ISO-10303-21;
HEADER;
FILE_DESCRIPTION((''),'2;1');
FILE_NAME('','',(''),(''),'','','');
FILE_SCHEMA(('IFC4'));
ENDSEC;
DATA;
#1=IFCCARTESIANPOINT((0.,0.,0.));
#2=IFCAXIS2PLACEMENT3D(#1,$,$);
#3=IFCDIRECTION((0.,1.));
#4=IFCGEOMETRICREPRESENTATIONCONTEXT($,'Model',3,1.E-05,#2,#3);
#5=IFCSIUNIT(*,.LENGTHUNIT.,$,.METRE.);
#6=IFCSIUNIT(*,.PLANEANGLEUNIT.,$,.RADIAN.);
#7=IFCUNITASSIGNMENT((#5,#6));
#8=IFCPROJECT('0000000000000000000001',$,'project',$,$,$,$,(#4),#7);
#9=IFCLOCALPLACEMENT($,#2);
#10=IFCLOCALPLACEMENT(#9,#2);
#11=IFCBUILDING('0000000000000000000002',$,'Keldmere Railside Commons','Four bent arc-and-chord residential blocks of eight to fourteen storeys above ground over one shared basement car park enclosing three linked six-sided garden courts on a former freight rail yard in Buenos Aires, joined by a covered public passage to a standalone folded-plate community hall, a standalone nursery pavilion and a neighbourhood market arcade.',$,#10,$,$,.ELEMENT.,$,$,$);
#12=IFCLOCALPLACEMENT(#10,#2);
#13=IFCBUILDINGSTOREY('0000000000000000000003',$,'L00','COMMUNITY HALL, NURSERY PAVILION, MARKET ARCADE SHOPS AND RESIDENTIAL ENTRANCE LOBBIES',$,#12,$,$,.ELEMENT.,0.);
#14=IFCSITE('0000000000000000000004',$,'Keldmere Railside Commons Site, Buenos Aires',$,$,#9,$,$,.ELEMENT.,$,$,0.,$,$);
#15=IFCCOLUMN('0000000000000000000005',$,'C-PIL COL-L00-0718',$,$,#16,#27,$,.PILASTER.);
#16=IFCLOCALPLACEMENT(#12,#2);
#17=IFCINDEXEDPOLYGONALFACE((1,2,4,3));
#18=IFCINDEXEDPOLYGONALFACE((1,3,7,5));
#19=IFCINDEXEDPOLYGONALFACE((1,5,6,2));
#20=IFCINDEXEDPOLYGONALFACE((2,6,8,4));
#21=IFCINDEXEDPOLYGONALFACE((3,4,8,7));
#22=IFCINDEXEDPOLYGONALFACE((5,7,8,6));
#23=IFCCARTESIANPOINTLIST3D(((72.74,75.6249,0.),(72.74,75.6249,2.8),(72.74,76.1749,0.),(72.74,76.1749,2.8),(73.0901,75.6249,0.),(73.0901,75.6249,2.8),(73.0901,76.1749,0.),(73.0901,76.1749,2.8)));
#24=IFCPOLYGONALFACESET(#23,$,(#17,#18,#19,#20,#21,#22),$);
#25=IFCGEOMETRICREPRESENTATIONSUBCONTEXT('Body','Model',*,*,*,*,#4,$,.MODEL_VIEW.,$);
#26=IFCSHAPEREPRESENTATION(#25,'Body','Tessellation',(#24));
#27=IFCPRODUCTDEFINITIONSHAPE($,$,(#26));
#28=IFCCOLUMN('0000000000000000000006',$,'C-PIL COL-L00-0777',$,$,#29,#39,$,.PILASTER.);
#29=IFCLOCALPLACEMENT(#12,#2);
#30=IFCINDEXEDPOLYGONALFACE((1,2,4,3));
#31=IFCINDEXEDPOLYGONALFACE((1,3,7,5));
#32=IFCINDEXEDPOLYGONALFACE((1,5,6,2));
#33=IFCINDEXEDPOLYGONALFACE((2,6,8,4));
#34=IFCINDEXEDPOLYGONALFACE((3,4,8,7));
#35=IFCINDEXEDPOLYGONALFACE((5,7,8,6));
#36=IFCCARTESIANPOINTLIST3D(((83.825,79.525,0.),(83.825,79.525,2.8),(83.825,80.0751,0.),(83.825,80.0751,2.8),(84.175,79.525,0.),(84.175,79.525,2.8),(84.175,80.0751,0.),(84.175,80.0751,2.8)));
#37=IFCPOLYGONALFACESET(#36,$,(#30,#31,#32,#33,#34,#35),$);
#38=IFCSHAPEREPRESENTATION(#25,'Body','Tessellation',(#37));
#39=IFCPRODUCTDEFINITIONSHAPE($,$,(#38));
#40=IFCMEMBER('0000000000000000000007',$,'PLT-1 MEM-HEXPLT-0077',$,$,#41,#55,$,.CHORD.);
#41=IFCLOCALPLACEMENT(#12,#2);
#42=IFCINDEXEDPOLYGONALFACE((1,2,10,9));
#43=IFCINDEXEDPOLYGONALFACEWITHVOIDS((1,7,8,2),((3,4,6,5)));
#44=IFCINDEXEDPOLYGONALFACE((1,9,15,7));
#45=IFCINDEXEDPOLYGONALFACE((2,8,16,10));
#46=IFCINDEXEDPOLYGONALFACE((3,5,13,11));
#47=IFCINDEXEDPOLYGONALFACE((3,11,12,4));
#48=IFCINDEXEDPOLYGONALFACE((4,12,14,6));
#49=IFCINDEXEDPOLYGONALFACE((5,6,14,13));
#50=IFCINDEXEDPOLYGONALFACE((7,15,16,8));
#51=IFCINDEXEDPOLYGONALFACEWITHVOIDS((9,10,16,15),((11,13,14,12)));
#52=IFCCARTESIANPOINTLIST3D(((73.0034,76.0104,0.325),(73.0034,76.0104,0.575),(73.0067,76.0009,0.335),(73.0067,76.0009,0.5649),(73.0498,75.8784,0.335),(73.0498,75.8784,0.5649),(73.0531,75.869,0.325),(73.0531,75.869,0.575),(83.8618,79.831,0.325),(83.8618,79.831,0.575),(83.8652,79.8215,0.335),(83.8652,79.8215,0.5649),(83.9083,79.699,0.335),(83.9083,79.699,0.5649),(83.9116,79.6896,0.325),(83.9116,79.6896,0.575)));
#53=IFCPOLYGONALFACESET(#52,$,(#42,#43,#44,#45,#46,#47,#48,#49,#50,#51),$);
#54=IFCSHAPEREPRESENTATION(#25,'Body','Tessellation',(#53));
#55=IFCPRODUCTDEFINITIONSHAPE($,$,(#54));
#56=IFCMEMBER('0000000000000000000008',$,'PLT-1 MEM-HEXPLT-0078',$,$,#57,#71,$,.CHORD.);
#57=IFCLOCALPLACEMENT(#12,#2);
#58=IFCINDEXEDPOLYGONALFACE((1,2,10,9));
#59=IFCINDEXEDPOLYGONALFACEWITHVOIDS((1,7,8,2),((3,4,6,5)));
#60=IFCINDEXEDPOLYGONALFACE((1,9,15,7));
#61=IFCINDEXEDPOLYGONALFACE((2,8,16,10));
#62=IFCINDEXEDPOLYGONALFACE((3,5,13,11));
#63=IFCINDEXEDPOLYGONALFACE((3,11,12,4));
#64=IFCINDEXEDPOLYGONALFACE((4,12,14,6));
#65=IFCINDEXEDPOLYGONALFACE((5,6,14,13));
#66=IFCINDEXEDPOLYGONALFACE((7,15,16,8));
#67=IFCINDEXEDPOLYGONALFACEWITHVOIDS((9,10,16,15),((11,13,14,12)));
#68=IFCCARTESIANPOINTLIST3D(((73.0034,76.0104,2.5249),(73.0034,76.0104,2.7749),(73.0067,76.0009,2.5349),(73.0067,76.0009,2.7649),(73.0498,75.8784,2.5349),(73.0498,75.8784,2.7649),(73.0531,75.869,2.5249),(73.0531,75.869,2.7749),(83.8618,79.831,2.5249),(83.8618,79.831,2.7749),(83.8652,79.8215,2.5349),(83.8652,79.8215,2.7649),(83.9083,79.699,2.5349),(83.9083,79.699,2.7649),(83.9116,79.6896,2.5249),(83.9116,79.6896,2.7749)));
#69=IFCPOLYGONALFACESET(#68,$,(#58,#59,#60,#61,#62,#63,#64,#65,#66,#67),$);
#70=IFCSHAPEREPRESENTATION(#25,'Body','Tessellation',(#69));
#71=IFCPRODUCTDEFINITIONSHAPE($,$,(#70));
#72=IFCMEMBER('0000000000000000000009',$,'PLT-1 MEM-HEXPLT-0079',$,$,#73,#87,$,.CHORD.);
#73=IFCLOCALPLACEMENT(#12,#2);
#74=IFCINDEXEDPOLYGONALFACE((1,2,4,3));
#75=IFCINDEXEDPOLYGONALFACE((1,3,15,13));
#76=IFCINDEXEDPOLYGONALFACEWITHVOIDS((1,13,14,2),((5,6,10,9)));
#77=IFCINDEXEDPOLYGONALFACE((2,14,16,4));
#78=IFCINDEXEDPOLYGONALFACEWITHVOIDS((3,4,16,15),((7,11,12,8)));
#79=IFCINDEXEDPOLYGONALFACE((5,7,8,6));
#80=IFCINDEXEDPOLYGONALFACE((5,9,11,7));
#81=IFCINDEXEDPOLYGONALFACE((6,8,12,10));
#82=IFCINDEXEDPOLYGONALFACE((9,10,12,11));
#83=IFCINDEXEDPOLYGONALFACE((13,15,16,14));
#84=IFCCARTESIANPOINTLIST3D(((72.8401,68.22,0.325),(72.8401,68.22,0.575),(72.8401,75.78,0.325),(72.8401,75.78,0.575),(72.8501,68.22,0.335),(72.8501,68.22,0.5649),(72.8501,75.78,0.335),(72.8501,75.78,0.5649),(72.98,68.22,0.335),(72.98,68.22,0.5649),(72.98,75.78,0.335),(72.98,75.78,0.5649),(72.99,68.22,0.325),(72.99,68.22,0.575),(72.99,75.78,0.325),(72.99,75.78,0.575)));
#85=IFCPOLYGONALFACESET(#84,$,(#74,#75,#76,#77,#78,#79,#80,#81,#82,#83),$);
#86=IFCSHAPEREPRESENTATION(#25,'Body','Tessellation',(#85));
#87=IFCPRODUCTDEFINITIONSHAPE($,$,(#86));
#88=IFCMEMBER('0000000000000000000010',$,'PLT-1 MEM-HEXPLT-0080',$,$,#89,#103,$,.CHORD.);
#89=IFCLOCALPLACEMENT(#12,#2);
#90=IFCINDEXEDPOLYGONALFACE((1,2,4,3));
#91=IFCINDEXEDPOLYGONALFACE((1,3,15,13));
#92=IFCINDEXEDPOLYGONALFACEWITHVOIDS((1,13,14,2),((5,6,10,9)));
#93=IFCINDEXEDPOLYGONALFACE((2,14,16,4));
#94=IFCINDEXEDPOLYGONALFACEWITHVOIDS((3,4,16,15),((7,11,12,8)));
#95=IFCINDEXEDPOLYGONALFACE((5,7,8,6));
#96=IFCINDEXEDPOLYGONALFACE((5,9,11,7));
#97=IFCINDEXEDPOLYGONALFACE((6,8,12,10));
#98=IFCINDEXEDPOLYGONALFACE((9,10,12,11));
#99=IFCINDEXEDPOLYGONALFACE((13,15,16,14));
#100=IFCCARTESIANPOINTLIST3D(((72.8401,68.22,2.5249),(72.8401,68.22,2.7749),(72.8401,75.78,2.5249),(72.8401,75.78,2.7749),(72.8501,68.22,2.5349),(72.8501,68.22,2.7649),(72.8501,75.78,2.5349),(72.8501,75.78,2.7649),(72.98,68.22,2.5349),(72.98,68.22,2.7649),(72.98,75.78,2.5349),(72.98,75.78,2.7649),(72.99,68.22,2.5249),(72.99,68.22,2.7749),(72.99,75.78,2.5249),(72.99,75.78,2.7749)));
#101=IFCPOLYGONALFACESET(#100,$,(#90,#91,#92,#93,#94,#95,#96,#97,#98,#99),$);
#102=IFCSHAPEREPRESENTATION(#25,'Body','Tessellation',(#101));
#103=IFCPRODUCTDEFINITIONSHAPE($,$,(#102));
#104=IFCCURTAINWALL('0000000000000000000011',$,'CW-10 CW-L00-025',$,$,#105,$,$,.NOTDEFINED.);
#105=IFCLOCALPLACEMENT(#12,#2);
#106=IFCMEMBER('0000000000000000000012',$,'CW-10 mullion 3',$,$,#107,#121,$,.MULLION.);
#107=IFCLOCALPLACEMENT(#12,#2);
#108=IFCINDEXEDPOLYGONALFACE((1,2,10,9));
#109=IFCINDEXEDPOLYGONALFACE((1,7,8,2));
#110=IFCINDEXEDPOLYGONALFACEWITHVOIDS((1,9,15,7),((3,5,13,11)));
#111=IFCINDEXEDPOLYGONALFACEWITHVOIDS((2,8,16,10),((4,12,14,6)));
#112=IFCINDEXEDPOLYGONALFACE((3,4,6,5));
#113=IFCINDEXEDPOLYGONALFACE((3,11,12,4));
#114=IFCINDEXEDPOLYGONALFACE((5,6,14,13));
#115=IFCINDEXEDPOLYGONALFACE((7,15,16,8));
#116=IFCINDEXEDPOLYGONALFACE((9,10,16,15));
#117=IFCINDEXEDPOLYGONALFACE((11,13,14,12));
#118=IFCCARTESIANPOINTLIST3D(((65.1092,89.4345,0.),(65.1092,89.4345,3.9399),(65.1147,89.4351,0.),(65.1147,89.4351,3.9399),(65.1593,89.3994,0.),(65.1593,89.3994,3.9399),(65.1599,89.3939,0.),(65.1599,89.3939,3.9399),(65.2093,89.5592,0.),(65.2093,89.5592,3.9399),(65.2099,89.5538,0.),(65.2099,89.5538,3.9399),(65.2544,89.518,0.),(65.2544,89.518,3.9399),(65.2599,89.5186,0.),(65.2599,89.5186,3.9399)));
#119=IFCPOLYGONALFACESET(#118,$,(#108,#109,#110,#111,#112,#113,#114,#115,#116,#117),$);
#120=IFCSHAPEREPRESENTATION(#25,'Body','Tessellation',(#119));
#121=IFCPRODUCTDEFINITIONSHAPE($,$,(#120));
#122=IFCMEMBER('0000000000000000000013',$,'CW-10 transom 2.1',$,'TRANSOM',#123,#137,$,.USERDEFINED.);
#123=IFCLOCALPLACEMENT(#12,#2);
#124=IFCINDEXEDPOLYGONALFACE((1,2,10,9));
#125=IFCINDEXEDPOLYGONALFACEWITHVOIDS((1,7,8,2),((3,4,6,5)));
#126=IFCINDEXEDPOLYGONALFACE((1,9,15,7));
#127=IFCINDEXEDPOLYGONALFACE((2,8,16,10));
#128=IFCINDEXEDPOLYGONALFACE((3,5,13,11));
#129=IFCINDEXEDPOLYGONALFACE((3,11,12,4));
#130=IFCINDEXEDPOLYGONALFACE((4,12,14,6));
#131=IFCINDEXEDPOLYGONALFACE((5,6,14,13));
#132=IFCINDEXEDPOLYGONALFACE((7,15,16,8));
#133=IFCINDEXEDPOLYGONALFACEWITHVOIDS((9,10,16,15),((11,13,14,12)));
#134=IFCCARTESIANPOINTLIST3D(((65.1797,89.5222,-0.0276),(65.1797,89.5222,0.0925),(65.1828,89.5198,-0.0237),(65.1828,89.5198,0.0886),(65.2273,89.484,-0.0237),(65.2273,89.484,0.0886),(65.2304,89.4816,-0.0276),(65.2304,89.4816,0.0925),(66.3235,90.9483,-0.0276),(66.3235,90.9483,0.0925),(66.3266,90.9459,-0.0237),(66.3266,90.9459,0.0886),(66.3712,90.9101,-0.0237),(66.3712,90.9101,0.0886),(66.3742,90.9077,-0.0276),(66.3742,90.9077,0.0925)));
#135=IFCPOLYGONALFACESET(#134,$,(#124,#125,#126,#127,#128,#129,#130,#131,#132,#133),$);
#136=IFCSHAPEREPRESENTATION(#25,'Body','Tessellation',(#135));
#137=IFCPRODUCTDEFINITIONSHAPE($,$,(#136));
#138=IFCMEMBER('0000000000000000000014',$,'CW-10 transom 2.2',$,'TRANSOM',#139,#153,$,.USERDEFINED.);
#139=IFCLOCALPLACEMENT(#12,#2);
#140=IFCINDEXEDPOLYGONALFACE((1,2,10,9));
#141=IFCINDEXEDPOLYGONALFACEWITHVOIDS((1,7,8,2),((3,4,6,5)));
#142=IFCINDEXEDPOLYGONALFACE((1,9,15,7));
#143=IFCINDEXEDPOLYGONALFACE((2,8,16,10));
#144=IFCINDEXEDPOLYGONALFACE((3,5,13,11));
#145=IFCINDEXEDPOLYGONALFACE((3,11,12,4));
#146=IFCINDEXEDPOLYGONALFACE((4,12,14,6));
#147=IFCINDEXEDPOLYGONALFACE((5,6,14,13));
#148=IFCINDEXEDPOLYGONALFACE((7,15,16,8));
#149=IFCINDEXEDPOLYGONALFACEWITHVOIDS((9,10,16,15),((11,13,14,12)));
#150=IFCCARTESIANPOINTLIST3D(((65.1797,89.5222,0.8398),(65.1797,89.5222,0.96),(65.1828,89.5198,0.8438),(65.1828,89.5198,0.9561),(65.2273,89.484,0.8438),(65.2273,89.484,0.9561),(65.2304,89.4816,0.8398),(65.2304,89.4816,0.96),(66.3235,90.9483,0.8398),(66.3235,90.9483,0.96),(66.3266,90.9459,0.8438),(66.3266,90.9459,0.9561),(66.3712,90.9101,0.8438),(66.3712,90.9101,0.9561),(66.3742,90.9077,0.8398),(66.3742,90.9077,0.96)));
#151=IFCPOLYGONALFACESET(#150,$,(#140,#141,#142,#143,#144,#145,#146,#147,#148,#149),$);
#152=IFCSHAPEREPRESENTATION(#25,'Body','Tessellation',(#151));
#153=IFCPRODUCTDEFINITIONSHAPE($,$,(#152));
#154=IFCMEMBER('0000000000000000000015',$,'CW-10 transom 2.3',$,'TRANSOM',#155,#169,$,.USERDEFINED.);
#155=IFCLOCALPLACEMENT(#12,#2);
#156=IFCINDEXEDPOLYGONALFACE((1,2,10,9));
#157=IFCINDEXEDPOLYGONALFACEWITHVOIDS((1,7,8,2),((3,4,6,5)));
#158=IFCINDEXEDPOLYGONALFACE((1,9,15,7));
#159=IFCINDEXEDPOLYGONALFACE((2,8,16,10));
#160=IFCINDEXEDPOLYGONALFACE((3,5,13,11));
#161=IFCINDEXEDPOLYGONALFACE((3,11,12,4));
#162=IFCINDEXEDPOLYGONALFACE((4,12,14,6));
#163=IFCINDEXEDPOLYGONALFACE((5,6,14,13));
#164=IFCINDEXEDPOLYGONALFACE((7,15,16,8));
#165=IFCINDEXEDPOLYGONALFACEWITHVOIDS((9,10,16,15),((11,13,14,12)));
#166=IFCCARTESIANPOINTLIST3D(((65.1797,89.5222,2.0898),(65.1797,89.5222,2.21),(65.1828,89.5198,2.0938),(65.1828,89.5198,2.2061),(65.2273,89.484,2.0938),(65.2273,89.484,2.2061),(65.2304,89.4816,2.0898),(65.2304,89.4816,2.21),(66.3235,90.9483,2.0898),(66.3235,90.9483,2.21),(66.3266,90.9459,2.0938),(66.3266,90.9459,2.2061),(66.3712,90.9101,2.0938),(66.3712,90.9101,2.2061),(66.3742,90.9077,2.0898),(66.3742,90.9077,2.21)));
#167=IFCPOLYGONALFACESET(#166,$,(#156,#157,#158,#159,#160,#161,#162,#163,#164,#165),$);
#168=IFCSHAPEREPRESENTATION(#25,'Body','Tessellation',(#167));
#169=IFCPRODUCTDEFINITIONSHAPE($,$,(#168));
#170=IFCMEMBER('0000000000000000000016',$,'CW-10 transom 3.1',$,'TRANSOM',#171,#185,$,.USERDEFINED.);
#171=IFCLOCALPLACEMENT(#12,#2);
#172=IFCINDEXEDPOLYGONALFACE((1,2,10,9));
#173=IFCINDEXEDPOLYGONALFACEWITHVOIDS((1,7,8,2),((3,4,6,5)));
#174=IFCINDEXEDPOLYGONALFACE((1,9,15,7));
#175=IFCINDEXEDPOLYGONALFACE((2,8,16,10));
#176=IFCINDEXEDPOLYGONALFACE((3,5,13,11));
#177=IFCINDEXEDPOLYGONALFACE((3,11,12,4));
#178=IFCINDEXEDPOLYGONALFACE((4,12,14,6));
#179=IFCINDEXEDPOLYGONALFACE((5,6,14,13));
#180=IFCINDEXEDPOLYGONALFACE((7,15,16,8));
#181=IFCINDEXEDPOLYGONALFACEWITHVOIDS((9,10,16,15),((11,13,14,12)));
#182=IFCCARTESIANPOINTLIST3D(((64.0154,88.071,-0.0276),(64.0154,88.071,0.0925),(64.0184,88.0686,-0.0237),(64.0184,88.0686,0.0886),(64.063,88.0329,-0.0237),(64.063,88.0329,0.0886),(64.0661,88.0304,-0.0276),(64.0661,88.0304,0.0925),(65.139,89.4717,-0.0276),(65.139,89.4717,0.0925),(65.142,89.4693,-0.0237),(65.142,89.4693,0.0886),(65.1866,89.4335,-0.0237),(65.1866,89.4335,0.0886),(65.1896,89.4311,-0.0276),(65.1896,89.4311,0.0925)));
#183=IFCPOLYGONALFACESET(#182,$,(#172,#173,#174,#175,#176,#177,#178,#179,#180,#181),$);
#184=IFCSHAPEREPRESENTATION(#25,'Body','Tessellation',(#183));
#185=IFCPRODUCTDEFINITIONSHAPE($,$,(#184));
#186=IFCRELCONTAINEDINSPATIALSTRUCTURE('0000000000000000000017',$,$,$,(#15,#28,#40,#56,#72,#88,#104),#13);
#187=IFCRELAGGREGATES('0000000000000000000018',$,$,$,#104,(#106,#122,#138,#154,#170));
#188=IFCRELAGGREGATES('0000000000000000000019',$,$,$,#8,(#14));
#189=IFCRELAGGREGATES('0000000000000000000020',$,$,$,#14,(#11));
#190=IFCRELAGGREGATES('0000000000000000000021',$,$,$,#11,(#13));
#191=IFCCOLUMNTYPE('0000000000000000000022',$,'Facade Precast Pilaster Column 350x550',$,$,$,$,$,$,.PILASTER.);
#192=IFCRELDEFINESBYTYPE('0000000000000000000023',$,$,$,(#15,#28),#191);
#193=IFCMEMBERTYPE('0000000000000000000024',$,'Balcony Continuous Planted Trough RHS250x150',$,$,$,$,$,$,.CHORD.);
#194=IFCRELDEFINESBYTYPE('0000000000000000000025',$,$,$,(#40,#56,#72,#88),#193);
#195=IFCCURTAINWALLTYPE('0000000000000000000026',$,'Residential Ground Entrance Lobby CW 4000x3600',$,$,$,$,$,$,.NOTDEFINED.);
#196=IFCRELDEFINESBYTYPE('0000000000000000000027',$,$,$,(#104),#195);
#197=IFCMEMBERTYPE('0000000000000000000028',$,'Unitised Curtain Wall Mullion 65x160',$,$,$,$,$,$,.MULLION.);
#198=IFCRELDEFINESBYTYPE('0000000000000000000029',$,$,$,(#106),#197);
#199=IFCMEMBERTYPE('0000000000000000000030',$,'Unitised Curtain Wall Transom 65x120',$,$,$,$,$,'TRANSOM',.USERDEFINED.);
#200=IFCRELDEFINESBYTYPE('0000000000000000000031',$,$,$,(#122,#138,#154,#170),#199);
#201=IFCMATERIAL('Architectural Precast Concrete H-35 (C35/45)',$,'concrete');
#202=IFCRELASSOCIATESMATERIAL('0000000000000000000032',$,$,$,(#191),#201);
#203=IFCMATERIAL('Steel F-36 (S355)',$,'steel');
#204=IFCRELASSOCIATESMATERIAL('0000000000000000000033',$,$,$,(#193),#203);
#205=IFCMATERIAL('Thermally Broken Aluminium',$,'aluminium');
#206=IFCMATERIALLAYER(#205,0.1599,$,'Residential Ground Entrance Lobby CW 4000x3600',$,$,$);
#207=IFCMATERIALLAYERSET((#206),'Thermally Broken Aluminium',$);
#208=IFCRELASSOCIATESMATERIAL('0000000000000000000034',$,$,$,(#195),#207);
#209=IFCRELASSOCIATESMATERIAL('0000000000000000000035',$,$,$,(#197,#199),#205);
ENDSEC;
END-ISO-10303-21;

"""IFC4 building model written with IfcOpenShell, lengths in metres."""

from ifc_helpers import new_model, si_unit, direction, frame, origin, origin_2d, place, context, subcontext, project, spatial, rectangle, hollow_rectangle, extrude, material, layer, layer_set, material_profile, profile_set, type_object, element, aggregate, save


model = new_model("IFC4")

# Units and contexts
model_context = context("Model", 3, precision=1e-05, world=origin(), true_north=direction((0.0, 1.0)))
body_context = subcontext(model_context, "Body", "Model", "MODEL_VIEW")
ifc_project = project(units=[si_unit("LENGTHUNIT", "METRE"), si_unit("PLANEANGLEUNIT", "RADIAN")], contexts=[model_context])

# Site, building, storey
site_placement = place(None, origin())
site = spatial("IfcSite", under=ifc_project, at=site_placement, Name="Keldmere Railside Commons Site, Buenos Aires", CompositionType="ELEMENT", RefElevation=0.0)
building_placement = place(site_placement, origin())
building = spatial("IfcBuilding", under=site, at=building_placement, Name="Keldmere Railside Commons", Description="Four bent arc-and-chord residential blocks of eight to fourteen storeys above ground over one shared basement car park enclosing three linked six-sided garden courts on a former freight rail yard in Buenos Aires, joined by a covered public passage to a standalone folded-plate community hall, a standalone nursery pavilion and a neighbourhood market arcade.", CompositionType="ELEMENT")
storey_placement = place(building_placement, origin())
storey = spatial("IfcBuildingStorey", under=building, at=storey_placement, Name="L00", Description="COMMUNITY HALL, NURSERY PAVILION, MARKET ARCADE SHOPS AND RESIDENTIAL ENTRANCE LOBBIES", CompositionType="ELEMENT", Elevation=0.0)

# Columns
ifc_material_1 = material(Name="Architectural Precast Concrete H-35 (C35/45)", Category="concrete")
ifc_material_profile_1 = material_profile(ifc_material_1, rectangle(XDim=0.3501, YDim=0.55, at=origin_2d()), Name="RC-350x550")
ifc_profile_set_1 = profile_set([ifc_material_profile_1], Name="Architectural Precast Concrete H-35 (C35/45)")
column_type = type_object("IfcColumnType", Name="Facade Precast Pilaster Column 350x550", PredefinedType="PILASTER", material=ifc_profile_set_1)
for number, where, z_axis, x_axis, name in (
    (1, (72.915, 75.8999, 0.0), (0.0, 0.0, 1.0), (1.0, 0.0, 0.0), "C-PIL COL-L00-0718"),
    (2, (84.0, 79.8, 0.0), (0.0, 0.0, 1.0), (1.0, 0.0, 0.0), "C-PIL COL-L00-0777"),
):
    element("IfcColumn", number, at=place(storey_placement, frame(where, z_axis=z_axis, x_axis=x_axis)), inside=storey, type_object=column_type, Name=name, PredefinedType="PILASTER", context=body_context, shape_type="SweptSolid", body=[
        extrude(rectangle(XDim=0.3501, YDim=0.55, at=origin_2d()), origin(), (0.0, 0.0, 1.0), 2.8),
    ])

# Members
ifc_material_2 = material(Name="Steel F-36 (S355)", Category="steel")
ifc_material_profile_2 = material_profile(ifc_material_2, hollow_rectangle(XDim=0.1499, YDim=0.25, WallThickness=0.01, at=origin_2d()), Name="RHS-250x150x10")
ifc_profile_set_2 = profile_set([ifc_material_profile_2], Name="Steel F-36 (S355)")
member_type_1 = type_object("IfcMemberType", Name="Balcony Continuous Planted Trough RHS250x150", PredefinedType="CHORD", material=ifc_profile_set_2)
for number, where, z_axis, x_axis, name in (
    (3, (83.8867, 79.7603, 0.45), (-0.943312, -0.331907, 0.0), (0.331907, -0.943312, 0.0), "PLT-1 MEM-HEXPLT-0077"),
    (4, (83.8867, 79.7603, 2.6499), (-0.943312, -0.331907, 0.0), (0.331907, -0.943312, 0.0), "PLT-1 MEM-HEXPLT-0078"),
):
    element("IfcMember", number, at=place(storey_placement, frame(where, z_axis=z_axis, x_axis=x_axis)), inside=storey, type_object=member_type_1, Name=name, PredefinedType="CHORD", context=body_context, shape_type="SweptSolid", body=[
        extrude(hollow_rectangle(XDim=0.1499, YDim=0.25, WallThickness=0.01, at=origin_2d()), origin(), (0.0, 0.0, 1.0), 11.511),
    ])
for number, where, z_axis, x_axis, name in (
    (5, (72.915, 75.78, 0.45), (0.0, -1.0, 0.0), (1.0, 0.0, 0.0), "PLT-1 MEM-HEXPLT-0079"),
    (6, (72.915, 75.78, 2.6499), (0.0, -1.0, 0.0), (1.0, 0.0, 0.0), "PLT-1 MEM-HEXPLT-0080"),
):
    element("IfcMember", number, at=place(storey_placement, frame(where, z_axis=z_axis, x_axis=x_axis)), inside=storey, type_object=member_type_1, Name=name, PredefinedType="CHORD", context=body_context, shape_type="SweptSolid", body=[
        extrude(hollow_rectangle(XDim=0.1499, YDim=0.25, WallThickness=0.01, at=origin_2d()), origin(), (0.0, 0.0, 1.0), 7.5601),
    ])

# Curtain wall, members
ifc_material_3 = material(Name="Thermally Broken Aluminium", Category="aluminium")
ifc_layer_1 = layer(ifc_material_3, 0.1599, Name="Residential Ground Entrance Lobby CW 4000x3600")
ifc_layer_set_1 = layer_set([ifc_layer_1], Name="Thermally Broken Aluminium")
curtain_wall_type = type_object("IfcCurtainWallType", Name="Residential Ground Entrance Lobby CW 4000x3600", PredefinedType="NOTDEFINED", material=ifc_layer_set_1)
curtain_wall_placement = place(storey_placement, origin())
curtain_wall = element("IfcCurtainWall", 7, at=curtain_wall_placement, inside=storey, type_object=curtain_wall_type, Name="CW-10 CW-L00-025", PredefinedType="NOTDEFINED")
ifc_material_profile_3 = material_profile(ifc_material_3, hollow_rectangle(XDim=0.0649, YDim=0.1599, WallThickness=0.0039, at=origin_2d()), Name="ALU-MULL-65x160")
ifc_profile_set_3 = profile_set([ifc_material_profile_3], Name="Thermally Broken Aluminium")
member_type_2 = type_object("IfcMemberType", Name="Unitised Curtain Wall Mullion 65x160", PredefinedType="MULLION", material=ifc_profile_set_3)
member_1_placement = place(storey_placement, frame((65.1846, 89.4766, 0.0), z_axis=(0.0, 0.0, 1.0), x_axis=(0.780009, -0.625768, 0.0)))
member_1 = element("IfcMember", 8, at=member_1_placement, type_object=member_type_2, Name="CW-10 mullion 3", PredefinedType="MULLION", context=body_context, shape_type="SweptSolid", body=[
    extrude(hollow_rectangle(XDim=0.0649, YDim=0.1599, WallThickness=0.0039, at=origin_2d()), origin(), (0.0, 0.0, 1.0), 3.9399),
])
ifc_material_profile_4 = material_profile(ifc_material_3, hollow_rectangle(XDim=0.0649, YDim=0.1201, WallThickness=0.0039, at=origin_2d()), Name="ALU-TRAN-65x120")
ifc_profile_set_4 = profile_set([ifc_material_profile_4], Name="Thermally Broken Aluminium")
member_type_3 = type_object("IfcMemberType", Name="Unitised Curtain Wall Transom 65x120", ElementType="TRANSOM", PredefinedType="USERDEFINED", material=ifc_profile_set_4)
member_2_placement = place(storey_placement, frame((66.3489, 90.928, 0.0325), z_axis=(-0.625688, -0.780073, 0.0), x_axis=(0.780073, -0.625688, 0.0)))
member_2 = element("IfcMember", 9, at=member_2_placement, type_object=member_type_3, Name="CW-10 transom 2.1", ObjectType="TRANSOM", PredefinedType="USERDEFINED", context=body_context, shape_type="SweptSolid", body=[
    extrude(hollow_rectangle(XDim=0.0649, YDim=0.1201, WallThickness=0.0039, at=origin_2d()), origin(), (0.0, 0.0, 1.0), 1.8281),
])
member_3_placement = place(storey_placement, frame((66.3489, 90.928, 0.8999), z_axis=(-0.625688, -0.780073, 0.0), x_axis=(0.780073, -0.625688, 0.0)))
member_3 = element("IfcMember", 10, at=member_3_placement, type_object=member_type_3, Name="CW-10 transom 2.2", ObjectType="TRANSOM", PredefinedType="USERDEFINED", context=body_context, shape_type="SweptSolid", body=[
    extrude(hollow_rectangle(XDim=0.0649, YDim=0.1201, WallThickness=0.0039, at=origin_2d()), origin(), (0.0, 0.0, 1.0), 1.8281),
])
member_4_placement = place(storey_placement, frame((66.3489, 90.928, 2.1499), z_axis=(-0.625688, -0.780073, 0.0), x_axis=(0.780073, -0.625688, 0.0)))
member_4 = element("IfcMember", 11, at=member_4_placement, type_object=member_type_3, Name="CW-10 transom 2.3", ObjectType="TRANSOM", PredefinedType="USERDEFINED", context=body_context, shape_type="SweptSolid", body=[
    extrude(hollow_rectangle(XDim=0.0649, YDim=0.1201, WallThickness=0.0039, at=origin_2d()), origin(), (0.0, 0.0, 1.0), 1.8281),
])
member_5_placement = place(storey_placement, frame((65.1643, 89.4514, 0.0325), z_axis=(-0.625723, -0.780046, 0.0), x_axis=(0.780046, -0.625723, 0.0)))
member_5 = element("IfcMember", 12, at=member_5_placement, type_object=member_type_3, Name="CW-10 transom 3.1", ObjectType="TRANSOM", PredefinedType="USERDEFINED", context=body_context, shape_type="SweptSolid", body=[
    extrude(hollow_rectangle(XDim=0.0649, YDim=0.1201, WallThickness=0.0039, at=origin_2d()), origin(), (0.0, 0.0, 1.0), 1.7957),
])
aggregate(curtain_wall, [member_1, member_2, member_3, member_4, member_5])

save(model, "model.ifc")
